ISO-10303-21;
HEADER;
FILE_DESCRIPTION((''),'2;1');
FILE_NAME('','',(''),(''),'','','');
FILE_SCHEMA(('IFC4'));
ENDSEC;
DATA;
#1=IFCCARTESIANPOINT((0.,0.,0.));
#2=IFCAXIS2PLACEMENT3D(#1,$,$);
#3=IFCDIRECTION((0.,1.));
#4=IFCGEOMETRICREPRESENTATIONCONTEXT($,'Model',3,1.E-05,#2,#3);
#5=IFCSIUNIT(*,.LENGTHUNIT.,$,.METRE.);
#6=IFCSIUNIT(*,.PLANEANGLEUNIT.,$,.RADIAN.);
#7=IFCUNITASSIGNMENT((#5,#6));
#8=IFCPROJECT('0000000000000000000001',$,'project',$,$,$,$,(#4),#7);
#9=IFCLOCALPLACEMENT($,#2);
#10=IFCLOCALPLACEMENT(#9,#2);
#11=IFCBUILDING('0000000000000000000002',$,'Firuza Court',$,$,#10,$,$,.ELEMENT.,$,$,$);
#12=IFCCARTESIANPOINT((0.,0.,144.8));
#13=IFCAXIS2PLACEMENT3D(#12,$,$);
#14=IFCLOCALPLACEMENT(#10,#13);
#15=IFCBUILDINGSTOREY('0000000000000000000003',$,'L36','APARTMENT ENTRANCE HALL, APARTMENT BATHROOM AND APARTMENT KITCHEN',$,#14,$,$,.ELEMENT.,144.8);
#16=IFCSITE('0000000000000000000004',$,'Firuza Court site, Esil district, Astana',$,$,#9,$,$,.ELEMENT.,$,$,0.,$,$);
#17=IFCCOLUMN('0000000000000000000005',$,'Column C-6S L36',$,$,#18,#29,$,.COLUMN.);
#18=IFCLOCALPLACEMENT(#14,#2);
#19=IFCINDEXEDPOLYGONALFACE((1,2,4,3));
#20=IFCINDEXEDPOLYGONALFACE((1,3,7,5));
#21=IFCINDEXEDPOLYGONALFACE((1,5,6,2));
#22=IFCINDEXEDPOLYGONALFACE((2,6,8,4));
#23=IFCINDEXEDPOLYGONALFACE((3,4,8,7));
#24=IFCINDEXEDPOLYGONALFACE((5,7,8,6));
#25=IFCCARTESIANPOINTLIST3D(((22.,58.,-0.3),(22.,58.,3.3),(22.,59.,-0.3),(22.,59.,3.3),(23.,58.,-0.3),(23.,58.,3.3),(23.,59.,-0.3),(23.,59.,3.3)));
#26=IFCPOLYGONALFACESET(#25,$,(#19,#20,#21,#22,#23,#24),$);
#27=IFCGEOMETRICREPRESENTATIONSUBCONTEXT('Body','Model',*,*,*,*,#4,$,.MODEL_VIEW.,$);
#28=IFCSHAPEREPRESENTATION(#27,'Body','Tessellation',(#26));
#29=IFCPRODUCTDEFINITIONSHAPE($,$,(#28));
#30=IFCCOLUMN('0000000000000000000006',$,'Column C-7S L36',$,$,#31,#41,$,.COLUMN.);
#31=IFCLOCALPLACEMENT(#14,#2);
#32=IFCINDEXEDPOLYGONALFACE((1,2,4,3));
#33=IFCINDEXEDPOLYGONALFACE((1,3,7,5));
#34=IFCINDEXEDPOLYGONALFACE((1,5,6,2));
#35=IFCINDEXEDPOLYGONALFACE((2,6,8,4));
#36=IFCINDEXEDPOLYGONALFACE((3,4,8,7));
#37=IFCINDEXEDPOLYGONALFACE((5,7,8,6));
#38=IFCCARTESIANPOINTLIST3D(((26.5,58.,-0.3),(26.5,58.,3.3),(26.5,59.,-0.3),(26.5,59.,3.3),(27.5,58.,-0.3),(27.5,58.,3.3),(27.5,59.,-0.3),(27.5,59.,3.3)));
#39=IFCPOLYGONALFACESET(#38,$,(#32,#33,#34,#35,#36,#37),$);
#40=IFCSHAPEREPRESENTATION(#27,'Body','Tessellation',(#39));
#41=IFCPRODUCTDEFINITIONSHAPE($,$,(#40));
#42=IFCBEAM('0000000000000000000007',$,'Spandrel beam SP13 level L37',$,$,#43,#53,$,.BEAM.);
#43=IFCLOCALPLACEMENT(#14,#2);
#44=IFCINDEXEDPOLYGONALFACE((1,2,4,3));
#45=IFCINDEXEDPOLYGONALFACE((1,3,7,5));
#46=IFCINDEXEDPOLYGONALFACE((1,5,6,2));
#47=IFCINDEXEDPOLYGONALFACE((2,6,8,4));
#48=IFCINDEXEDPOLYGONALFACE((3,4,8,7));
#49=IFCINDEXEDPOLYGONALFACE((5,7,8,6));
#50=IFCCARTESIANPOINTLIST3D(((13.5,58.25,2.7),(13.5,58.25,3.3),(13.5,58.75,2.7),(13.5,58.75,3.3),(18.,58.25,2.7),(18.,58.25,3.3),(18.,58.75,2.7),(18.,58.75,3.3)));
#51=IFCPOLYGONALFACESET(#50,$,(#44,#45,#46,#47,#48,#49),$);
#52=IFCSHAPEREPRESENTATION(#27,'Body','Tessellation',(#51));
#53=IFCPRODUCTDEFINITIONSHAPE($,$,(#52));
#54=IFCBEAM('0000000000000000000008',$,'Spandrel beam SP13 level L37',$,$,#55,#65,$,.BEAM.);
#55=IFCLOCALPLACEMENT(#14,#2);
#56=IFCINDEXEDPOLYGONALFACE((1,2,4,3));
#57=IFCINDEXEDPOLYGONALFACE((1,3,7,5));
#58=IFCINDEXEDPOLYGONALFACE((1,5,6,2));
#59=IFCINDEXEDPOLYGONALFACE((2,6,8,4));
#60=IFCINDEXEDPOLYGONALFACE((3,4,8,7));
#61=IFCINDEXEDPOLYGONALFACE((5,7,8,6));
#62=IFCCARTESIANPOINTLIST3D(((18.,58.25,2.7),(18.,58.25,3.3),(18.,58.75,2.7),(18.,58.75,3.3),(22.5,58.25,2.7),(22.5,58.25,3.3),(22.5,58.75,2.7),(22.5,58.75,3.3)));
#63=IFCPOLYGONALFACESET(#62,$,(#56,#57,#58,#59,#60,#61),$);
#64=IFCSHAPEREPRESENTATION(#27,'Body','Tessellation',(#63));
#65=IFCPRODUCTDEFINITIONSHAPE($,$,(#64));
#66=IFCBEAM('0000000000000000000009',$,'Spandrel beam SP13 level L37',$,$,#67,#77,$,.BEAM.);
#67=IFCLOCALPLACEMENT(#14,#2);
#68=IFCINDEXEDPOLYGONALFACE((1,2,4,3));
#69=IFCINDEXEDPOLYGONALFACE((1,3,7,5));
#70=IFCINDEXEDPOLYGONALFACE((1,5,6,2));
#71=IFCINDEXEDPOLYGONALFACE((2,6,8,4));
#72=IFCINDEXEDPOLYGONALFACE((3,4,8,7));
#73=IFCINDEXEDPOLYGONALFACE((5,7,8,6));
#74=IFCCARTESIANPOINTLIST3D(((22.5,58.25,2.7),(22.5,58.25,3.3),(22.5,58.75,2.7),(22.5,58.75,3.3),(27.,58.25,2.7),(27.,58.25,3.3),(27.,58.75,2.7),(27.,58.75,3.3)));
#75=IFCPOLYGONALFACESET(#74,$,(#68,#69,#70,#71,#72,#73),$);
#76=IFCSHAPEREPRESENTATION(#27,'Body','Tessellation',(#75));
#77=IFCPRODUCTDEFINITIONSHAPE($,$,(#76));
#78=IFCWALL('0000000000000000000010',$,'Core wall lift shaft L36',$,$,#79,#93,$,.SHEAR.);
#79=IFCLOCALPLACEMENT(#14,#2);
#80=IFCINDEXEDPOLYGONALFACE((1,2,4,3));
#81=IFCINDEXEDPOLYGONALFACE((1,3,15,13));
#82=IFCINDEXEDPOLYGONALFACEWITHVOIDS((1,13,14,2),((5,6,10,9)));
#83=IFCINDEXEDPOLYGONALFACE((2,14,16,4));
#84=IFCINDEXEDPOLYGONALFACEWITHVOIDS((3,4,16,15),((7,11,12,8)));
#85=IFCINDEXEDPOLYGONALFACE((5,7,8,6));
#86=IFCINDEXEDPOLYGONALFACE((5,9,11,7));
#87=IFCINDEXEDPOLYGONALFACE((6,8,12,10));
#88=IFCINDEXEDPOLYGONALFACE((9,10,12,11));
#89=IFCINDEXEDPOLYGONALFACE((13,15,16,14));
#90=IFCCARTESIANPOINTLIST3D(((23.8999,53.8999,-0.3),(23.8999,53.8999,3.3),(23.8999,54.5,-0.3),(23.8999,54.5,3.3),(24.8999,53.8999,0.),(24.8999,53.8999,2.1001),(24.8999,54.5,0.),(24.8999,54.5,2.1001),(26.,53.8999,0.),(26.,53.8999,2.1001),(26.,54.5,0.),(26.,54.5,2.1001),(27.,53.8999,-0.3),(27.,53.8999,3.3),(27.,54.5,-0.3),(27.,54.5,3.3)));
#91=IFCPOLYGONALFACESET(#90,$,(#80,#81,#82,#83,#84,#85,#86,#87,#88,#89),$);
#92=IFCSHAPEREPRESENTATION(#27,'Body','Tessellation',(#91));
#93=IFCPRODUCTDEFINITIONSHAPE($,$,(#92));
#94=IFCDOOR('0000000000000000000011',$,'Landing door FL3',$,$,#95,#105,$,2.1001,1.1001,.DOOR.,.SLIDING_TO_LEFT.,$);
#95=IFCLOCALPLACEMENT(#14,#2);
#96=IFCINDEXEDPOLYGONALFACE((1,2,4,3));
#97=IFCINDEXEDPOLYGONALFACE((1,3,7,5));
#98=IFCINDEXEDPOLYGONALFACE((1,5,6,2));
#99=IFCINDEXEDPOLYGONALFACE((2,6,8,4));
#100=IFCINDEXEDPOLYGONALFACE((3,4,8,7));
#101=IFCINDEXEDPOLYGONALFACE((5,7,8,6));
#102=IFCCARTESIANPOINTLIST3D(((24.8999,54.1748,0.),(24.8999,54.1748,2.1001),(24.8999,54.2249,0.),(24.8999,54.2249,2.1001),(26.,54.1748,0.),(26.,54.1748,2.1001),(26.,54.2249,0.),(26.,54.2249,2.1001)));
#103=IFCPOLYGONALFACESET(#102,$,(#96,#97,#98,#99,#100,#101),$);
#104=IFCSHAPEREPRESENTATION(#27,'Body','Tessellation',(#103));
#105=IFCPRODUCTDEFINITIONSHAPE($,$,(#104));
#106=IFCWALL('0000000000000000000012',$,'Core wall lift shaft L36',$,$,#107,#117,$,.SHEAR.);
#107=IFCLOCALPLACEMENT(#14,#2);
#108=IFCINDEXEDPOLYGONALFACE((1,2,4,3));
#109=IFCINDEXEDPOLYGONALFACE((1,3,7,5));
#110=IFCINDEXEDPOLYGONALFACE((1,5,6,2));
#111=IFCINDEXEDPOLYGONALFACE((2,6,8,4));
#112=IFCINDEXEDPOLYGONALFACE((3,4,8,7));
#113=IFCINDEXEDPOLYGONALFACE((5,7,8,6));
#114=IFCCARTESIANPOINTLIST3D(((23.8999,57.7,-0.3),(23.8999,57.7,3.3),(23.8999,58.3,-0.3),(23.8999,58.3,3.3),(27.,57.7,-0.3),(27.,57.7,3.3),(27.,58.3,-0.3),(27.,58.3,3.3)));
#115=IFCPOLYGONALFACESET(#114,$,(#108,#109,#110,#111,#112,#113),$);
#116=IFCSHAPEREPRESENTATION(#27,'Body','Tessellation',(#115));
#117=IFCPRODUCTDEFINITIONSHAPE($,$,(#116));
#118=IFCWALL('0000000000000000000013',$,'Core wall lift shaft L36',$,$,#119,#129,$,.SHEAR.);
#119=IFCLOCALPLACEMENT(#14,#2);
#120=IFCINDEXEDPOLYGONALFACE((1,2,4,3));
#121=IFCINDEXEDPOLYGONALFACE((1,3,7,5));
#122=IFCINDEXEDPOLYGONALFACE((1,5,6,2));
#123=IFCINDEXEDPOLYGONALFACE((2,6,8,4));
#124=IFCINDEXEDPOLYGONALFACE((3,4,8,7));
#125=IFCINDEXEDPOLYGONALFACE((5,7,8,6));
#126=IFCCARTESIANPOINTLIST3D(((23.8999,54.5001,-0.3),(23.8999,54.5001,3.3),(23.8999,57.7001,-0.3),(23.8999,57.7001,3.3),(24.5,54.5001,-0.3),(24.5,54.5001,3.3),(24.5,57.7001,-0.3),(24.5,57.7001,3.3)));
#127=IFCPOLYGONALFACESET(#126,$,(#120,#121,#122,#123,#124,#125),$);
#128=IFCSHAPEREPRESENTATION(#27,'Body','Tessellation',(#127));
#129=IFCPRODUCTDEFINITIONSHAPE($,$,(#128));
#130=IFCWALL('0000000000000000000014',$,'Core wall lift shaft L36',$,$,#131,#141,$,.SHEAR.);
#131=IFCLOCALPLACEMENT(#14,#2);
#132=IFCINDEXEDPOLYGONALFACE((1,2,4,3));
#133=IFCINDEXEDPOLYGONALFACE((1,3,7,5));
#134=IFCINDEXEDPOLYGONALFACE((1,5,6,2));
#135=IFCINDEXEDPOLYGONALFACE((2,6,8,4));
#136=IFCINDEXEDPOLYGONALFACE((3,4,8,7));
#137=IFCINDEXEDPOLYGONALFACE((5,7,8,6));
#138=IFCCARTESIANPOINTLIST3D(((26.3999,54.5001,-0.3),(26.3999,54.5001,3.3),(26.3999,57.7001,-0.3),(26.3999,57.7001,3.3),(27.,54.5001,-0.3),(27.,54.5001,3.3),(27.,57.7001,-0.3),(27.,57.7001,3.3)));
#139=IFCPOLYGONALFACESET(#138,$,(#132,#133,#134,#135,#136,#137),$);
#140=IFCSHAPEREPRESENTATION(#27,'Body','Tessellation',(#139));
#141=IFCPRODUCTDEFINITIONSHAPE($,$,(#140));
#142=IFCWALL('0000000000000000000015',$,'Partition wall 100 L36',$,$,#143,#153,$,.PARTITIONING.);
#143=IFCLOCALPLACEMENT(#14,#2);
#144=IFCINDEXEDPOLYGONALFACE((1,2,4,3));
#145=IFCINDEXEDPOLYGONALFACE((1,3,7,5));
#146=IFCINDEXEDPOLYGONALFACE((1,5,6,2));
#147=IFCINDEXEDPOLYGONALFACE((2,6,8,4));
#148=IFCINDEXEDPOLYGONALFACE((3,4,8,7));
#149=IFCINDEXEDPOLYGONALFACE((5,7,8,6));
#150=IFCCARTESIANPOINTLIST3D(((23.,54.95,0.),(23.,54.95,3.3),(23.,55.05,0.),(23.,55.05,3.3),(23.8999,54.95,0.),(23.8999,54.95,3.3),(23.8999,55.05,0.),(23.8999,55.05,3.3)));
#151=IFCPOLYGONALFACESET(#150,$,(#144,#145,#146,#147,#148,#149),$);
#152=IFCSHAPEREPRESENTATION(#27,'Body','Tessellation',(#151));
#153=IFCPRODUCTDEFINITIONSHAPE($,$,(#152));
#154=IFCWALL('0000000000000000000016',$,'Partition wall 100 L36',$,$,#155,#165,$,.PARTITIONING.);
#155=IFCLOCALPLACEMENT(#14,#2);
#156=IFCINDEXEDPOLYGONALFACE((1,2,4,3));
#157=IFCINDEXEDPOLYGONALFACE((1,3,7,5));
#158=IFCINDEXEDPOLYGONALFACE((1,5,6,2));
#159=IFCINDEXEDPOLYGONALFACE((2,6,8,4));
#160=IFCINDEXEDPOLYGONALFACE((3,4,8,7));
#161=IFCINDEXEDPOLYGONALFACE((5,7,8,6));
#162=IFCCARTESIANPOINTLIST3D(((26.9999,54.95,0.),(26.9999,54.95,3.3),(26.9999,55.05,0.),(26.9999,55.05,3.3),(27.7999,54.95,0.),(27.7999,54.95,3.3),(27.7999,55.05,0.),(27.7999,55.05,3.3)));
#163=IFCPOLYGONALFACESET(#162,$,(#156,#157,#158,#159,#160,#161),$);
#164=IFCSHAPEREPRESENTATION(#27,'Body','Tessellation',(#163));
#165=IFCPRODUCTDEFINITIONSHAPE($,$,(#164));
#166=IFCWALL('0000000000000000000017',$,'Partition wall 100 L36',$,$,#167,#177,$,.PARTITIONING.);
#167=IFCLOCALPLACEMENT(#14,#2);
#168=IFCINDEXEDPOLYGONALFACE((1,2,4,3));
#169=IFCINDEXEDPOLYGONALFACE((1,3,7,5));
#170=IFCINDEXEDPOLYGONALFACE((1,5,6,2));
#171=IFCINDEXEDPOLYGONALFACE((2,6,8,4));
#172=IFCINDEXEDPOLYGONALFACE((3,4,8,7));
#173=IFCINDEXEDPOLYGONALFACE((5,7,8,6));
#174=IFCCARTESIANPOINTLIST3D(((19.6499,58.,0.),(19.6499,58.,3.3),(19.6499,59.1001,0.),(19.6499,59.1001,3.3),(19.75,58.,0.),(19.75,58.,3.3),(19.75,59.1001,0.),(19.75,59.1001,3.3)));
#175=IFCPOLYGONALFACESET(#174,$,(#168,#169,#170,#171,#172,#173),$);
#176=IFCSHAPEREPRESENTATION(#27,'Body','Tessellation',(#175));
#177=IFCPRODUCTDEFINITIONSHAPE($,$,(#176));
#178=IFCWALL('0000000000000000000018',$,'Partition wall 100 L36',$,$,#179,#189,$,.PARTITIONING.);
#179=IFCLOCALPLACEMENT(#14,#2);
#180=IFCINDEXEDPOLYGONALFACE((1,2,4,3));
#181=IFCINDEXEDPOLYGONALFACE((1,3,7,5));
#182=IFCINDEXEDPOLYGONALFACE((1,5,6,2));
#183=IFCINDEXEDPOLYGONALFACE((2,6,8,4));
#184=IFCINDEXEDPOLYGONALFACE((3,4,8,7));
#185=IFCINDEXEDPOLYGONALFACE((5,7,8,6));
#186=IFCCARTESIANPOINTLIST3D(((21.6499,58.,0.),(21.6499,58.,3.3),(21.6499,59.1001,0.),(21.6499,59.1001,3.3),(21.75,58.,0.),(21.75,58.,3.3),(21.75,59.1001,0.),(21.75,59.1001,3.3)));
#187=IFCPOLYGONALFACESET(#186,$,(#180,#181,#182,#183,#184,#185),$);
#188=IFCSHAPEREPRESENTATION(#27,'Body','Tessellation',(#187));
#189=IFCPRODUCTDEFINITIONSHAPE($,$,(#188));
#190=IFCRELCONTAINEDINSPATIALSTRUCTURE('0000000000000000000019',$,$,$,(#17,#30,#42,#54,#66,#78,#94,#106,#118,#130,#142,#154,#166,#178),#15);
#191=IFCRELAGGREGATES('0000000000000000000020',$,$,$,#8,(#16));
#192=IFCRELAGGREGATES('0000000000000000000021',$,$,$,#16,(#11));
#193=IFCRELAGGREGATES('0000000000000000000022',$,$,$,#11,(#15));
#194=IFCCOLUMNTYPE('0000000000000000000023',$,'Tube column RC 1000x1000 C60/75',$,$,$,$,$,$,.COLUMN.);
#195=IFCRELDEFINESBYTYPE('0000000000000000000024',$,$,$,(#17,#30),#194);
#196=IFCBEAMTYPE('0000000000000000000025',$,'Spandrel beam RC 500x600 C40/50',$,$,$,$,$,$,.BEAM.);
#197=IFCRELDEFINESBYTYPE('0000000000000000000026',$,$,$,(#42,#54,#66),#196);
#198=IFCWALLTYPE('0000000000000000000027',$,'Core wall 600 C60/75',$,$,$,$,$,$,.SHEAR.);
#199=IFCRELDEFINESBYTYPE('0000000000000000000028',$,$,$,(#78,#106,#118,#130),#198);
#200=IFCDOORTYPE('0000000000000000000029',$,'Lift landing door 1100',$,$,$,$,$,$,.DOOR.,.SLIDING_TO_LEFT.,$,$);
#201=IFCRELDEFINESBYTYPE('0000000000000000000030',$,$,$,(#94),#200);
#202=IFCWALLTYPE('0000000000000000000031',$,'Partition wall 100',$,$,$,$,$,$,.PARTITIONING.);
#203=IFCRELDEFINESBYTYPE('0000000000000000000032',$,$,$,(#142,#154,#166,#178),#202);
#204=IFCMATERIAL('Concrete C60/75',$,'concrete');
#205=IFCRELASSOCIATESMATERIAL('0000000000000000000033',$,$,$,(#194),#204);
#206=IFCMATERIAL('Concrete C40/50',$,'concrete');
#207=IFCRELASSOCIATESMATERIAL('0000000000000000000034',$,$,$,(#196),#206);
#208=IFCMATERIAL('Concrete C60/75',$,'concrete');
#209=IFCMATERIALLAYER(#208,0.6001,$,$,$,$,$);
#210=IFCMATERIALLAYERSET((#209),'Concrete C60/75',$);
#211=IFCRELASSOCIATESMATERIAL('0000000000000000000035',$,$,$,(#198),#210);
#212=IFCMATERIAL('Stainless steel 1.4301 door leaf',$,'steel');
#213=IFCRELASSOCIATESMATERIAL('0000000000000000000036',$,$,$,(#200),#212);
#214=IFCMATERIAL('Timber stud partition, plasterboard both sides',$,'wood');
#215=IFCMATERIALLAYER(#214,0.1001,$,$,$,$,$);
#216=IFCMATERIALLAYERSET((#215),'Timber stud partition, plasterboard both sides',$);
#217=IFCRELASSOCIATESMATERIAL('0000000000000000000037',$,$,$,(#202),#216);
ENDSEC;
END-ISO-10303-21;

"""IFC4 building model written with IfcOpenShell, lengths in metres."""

from ifc_helpers import new_model, si_unit, direction, frame, frame_2d, origin, origin_2d, place, context, subcontext, project, spatial, rectangle, extrude, material, layer, layer_set, material_profile, profile_set, type_object, element, fill, save


model = new_model("IFC4")

# Units and contexts
model_context = context("Model", 3, precision=1e-05, world=origin(), true_north=direction((0.0, 1.0)))
body_context = subcontext(model_context, "Body", "Model", "MODEL_VIEW")
ifc_project = project(units=[si_unit("LENGTHUNIT", "METRE"), si_unit("PLANEANGLEUNIT", "RADIAN")], contexts=[model_context])

# Site, building, storey
site_placement = place(None, origin())
site = spatial("IfcSite", under=ifc_project, at=site_placement, Name="Firuza Court site, Esil district, Astana", CompositionType="ELEMENT", RefElevation=0.0)
building_placement = place(site_placement, origin())
building = spatial("IfcBuilding", under=site, at=building_placement, Name="Firuza Court", CompositionType="ELEMENT")
storey_placement = place(building_placement, frame((0.0, 0.0, 144.8)))
storey = spatial("IfcBuildingStorey", under=building, at=storey_placement, Name="L36", Description="APARTMENT ENTRANCE HALL, APARTMENT BATHROOM AND APARTMENT KITCHEN", CompositionType="ELEMENT", Elevation=144.8)

# Columns
ifc_material_1 = material(Name="Concrete C60/75", Category="concrete")
ifc_material_profile_1 = material_profile(ifc_material_1, rectangle(XDim=1.0, YDim=1.0, at=origin_2d()), Name="RC 1000x1000")
ifc_profile_set_1 = profile_set([ifc_material_profile_1], Name="Concrete C60/75")
column_type = type_object("IfcColumnType", Name="Tube column RC 1000x1000 C60/75", PredefinedType="COLUMN", material=ifc_profile_set_1)
for number, where, z_axis, x_axis, name in (
    (1, (22.5, 58.5, -0.3), (0.0, 0.0, 1.0), (1.0, 0.0, 0.0), "Column C-6S L36"),
    (2, (27.0, 58.5, -0.3), (0.0, 0.0, 1.0), (1.0, 0.0, 0.0), "Column C-7S L36"),
):
    element("IfcColumn", number, at=place(storey_placement, frame(where, z_axis=z_axis, x_axis=x_axis)), inside=storey, type_object=column_type, Name=name, PredefinedType="COLUMN", context=body_context, shape_type="SweptSolid", body=[
        extrude(rectangle(XDim=1.0, YDim=1.0, at=origin_2d()), origin(), (0.0, 0.0, 1.0), 3.6001),
    ])

# Beams
ifc_material_2 = material(Name="Concrete C40/50", Category="concrete")
ifc_material_profile_2 = material_profile(ifc_material_2, rectangle(XDim=0.5, YDim=0.6001, at=origin_2d()), Name="RC 500x600")
ifc_profile_set_2 = profile_set([ifc_material_profile_2], Name="Concrete C40/50")
beam_type = type_object("IfcBeamType", Name="Spandrel beam RC 500x600 C40/50", PredefinedType="BEAM", material=ifc_profile_set_2)
for number, where, z_axis, x_axis, name in (
    (3, (18.0, 58.5, 3.0), (-1.0, 0.0, 0.0), (0.0, -1.0, 0.0), "Spandrel beam SP13 level L37"),
    (4, (22.5, 58.5, 3.0), (-1.0, 0.0, 0.0), (0.0, -1.0, 0.0), "Spandrel beam SP13 level L37"),
    (5, (27.0, 58.5, 3.0), (-1.0, 0.0, 0.0), (0.0, -1.0, 0.0), "Spandrel beam SP13 level L37"),
):
    element("IfcBeam", number, at=place(storey_placement, frame(where, z_axis=z_axis, x_axis=x_axis)), inside=storey, type_object=beam_type, Name=name, PredefinedType="BEAM", context=body_context, shape_type="SweptSolid", body=[
        extrude(rectangle(XDim=0.5, YDim=0.6001, at=origin_2d()), origin(), (0.0, 0.0, 1.0), 4.5),
    ])

# Wall, opening, door
ifc_material_3 = material(Name="Concrete C60/75", Category="concrete")
ifc_layer_1 = layer(ifc_material_3, 0.6001)
ifc_layer_set_1 = layer_set([ifc_layer_1], Name="Concrete C60/75")
wall_type_1 = type_object("IfcWallType", Name="Core wall 600 C60/75", PredefinedType="SHEAR", material=ifc_layer_set_1)
wall_1_placement = place(storey_placement, frame((23.8999, 54.2, -0.3), z_axis=(0.0, 0.0, 1.0), x_axis=(1.0, 0.0, 0.0)))
wall_1 = element("IfcWall", 6, at=wall_1_placement, inside=storey, type_object=wall_type_1, Name="Core wall lift shaft L36", PredefinedType="SHEAR", context=body_context, shape_type="SweptSolid", body=[
    extrude(rectangle(XDim=3.1001, YDim=0.6001, at=frame_2d((1.55, 0.0))), origin(), (0.0, 0.0, 1.0), 3.6001),
])
opening_1_placement = place(wall_1_placement, frame((1.0, 0.0, 0.3)))
opening_1 = element("IfcOpeningElement", 7, at=opening_1_placement, cuts=wall_1, PredefinedType="OPENING", context=body_context, shape_type="SweptSolid", body=[
    extrude(rectangle(XDim=1.1001, YDim=2.1001, at=frame_2d((0.55, 1.05))), frame((0.0, 0.312, 0.0), z_axis=(0.0, -1.0, 0.0), x_axis=(1.0, 0.0, 0.0)), (0.0, 0.0, 1.0), 0.624),
])
ifc_material_4 = material(Name="Stainless steel 1.4301 door leaf", Category="steel")
door_type_1 = type_object("IfcDoorType", Name="Lift landing door 1100", OperationType="SLIDING_TO_LEFT", PredefinedType="DOOR", material=ifc_material_4)
door_1_placement = place(opening_1_placement, origin())
door_1 = element("IfcDoor", 8, at=door_1_placement, inside=storey, type_object=door_type_1, Name="Landing door FL3", OperationType="SLIDING_TO_LEFT", OverallHeight=2.1001, OverallWidth=1.1001, PredefinedType="DOOR", context=body_context, shape_type="SweptSolid", body=[
    extrude(rectangle(XDim=1.1001, YDim=2.1001, at=frame_2d((0.55, 1.05))), frame((0.0, 0.0249, 0.0), z_axis=(0.0, -1.0, 0.0), x_axis=(1.0, 0.0, 0.0)), (0.0, 0.0, 1.0), 0.05),
])
fill(opening_1, door_1)

# Walls
wall_2_placement = place(storey_placement, frame((23.8999, 58.0, -0.3), z_axis=(0.0, 0.0, 1.0), x_axis=(1.0, 0.0, 0.0)))
element("IfcWall", 9, at=wall_2_placement, inside=storey, type_object=wall_type_1, Name="Core wall lift shaft L36", PredefinedType="SHEAR", context=body_context, shape_type="SweptSolid", body=[
    extrude(rectangle(XDim=3.1001, YDim=0.6001, at=frame_2d((1.55, 0.0))), origin(), (0.0, 0.0, 1.0), 3.6001),
])
for number, where, z_axis, x_axis, name in (
    (10, (24.2, 54.5, -0.3), (0.0, 0.0, 1.0), (0.0, 1.0, 0.0), "Core wall lift shaft L36"),
    (11, (26.7, 54.5, -0.3), (0.0, 0.0, 1.0), (0.0, 1.0, 0.0), "Core wall lift shaft L36"),
):
    element("IfcWall", number, at=place(storey_placement, frame(where, z_axis=z_axis, x_axis=x_axis)), inside=storey, type_object=wall_type_1, Name=name, PredefinedType="SHEAR", context=body_context, shape_type="SweptSolid", body=[
        extrude(rectangle(XDim=3.2, YDim=0.6001, at=frame_2d((1.6001, 0.0))), origin(), (0.0, 0.0, 1.0), 3.6001),
    ])
ifc_material_5 = material(Name="Timber stud partition, plasterboard both sides", Category="wood")
ifc_layer_2 = layer(ifc_material_5, 0.1001)
ifc_layer_set_2 = layer_set([ifc_layer_2], Name="Timber stud partition, plasterboard both sides")
wall_type_2 = type_object("IfcWallType", Name="Partition wall 100", PredefinedType="PARTITIONING", material=ifc_layer_set_2)
wall_3_placement = place(storey_placement, frame((23.0, 55.0, 0.0), z_axis=(0.0, 0.0, 1.0), x_axis=(1.0, 0.0, 0.0)))
element("IfcWall", 12, at=wall_3_placement, inside=storey, type_object=wall_type_2, Name="Partition wall 100 L36", PredefinedType="PARTITIONING", context=body_context, shape_type="SweptSolid", body=[
    extrude(rectangle(XDim=0.8999, YDim=0.1001, at=frame_2d((0.45, 0.0))), origin(), (0.0, 0.0, 1.0), 3.3),
])
wall_4_placement = place(storey_placement, frame((27.0, 55.0, 0.0), z_axis=(0.0, 0.0, 1.0), x_axis=(1.0, 0.0, 0.0)))
element("IfcWall", 13, at=wall_4_placement, inside=storey, type_object=wall_type_2, Name="Partition wall 100 L36", PredefinedType="PARTITIONING", context=body_context, shape_type="SweptSolid", body=[
    extrude(rectangle(XDim=0.8, YDim=0.1001, at=frame_2d((0.3999, 0.0))), origin(), (0.0, 0.0, 1.0), 3.3),
])
for number, where, z_axis, x_axis, name in (
    (14, (19.7, 58.0, 0.0), (0.0, 0.0, 1.0), (0.0, 1.0, 0.0), "Partition wall 100 L36"),
    (15, (21.7, 58.0, 0.0), (0.0, 0.0, 1.0), (0.0, 1.0, 0.0), "Partition wall 100 L36"),
):
    element("IfcWall", number, at=place(storey_placement, frame(where, z_axis=z_axis, x_axis=x_axis)), inside=storey, type_object=wall_type_2, Name=name, PredefinedType="PARTITIONING", context=body_context, shape_type="SweptSolid", body=[
        extrude(rectangle(XDim=1.1001, YDim=0.1001, at=frame_2d((0.55, 0.0))), origin(), (0.0, 0.0, 1.0), 3.3),
    ])

save(model, "model.ifc")
